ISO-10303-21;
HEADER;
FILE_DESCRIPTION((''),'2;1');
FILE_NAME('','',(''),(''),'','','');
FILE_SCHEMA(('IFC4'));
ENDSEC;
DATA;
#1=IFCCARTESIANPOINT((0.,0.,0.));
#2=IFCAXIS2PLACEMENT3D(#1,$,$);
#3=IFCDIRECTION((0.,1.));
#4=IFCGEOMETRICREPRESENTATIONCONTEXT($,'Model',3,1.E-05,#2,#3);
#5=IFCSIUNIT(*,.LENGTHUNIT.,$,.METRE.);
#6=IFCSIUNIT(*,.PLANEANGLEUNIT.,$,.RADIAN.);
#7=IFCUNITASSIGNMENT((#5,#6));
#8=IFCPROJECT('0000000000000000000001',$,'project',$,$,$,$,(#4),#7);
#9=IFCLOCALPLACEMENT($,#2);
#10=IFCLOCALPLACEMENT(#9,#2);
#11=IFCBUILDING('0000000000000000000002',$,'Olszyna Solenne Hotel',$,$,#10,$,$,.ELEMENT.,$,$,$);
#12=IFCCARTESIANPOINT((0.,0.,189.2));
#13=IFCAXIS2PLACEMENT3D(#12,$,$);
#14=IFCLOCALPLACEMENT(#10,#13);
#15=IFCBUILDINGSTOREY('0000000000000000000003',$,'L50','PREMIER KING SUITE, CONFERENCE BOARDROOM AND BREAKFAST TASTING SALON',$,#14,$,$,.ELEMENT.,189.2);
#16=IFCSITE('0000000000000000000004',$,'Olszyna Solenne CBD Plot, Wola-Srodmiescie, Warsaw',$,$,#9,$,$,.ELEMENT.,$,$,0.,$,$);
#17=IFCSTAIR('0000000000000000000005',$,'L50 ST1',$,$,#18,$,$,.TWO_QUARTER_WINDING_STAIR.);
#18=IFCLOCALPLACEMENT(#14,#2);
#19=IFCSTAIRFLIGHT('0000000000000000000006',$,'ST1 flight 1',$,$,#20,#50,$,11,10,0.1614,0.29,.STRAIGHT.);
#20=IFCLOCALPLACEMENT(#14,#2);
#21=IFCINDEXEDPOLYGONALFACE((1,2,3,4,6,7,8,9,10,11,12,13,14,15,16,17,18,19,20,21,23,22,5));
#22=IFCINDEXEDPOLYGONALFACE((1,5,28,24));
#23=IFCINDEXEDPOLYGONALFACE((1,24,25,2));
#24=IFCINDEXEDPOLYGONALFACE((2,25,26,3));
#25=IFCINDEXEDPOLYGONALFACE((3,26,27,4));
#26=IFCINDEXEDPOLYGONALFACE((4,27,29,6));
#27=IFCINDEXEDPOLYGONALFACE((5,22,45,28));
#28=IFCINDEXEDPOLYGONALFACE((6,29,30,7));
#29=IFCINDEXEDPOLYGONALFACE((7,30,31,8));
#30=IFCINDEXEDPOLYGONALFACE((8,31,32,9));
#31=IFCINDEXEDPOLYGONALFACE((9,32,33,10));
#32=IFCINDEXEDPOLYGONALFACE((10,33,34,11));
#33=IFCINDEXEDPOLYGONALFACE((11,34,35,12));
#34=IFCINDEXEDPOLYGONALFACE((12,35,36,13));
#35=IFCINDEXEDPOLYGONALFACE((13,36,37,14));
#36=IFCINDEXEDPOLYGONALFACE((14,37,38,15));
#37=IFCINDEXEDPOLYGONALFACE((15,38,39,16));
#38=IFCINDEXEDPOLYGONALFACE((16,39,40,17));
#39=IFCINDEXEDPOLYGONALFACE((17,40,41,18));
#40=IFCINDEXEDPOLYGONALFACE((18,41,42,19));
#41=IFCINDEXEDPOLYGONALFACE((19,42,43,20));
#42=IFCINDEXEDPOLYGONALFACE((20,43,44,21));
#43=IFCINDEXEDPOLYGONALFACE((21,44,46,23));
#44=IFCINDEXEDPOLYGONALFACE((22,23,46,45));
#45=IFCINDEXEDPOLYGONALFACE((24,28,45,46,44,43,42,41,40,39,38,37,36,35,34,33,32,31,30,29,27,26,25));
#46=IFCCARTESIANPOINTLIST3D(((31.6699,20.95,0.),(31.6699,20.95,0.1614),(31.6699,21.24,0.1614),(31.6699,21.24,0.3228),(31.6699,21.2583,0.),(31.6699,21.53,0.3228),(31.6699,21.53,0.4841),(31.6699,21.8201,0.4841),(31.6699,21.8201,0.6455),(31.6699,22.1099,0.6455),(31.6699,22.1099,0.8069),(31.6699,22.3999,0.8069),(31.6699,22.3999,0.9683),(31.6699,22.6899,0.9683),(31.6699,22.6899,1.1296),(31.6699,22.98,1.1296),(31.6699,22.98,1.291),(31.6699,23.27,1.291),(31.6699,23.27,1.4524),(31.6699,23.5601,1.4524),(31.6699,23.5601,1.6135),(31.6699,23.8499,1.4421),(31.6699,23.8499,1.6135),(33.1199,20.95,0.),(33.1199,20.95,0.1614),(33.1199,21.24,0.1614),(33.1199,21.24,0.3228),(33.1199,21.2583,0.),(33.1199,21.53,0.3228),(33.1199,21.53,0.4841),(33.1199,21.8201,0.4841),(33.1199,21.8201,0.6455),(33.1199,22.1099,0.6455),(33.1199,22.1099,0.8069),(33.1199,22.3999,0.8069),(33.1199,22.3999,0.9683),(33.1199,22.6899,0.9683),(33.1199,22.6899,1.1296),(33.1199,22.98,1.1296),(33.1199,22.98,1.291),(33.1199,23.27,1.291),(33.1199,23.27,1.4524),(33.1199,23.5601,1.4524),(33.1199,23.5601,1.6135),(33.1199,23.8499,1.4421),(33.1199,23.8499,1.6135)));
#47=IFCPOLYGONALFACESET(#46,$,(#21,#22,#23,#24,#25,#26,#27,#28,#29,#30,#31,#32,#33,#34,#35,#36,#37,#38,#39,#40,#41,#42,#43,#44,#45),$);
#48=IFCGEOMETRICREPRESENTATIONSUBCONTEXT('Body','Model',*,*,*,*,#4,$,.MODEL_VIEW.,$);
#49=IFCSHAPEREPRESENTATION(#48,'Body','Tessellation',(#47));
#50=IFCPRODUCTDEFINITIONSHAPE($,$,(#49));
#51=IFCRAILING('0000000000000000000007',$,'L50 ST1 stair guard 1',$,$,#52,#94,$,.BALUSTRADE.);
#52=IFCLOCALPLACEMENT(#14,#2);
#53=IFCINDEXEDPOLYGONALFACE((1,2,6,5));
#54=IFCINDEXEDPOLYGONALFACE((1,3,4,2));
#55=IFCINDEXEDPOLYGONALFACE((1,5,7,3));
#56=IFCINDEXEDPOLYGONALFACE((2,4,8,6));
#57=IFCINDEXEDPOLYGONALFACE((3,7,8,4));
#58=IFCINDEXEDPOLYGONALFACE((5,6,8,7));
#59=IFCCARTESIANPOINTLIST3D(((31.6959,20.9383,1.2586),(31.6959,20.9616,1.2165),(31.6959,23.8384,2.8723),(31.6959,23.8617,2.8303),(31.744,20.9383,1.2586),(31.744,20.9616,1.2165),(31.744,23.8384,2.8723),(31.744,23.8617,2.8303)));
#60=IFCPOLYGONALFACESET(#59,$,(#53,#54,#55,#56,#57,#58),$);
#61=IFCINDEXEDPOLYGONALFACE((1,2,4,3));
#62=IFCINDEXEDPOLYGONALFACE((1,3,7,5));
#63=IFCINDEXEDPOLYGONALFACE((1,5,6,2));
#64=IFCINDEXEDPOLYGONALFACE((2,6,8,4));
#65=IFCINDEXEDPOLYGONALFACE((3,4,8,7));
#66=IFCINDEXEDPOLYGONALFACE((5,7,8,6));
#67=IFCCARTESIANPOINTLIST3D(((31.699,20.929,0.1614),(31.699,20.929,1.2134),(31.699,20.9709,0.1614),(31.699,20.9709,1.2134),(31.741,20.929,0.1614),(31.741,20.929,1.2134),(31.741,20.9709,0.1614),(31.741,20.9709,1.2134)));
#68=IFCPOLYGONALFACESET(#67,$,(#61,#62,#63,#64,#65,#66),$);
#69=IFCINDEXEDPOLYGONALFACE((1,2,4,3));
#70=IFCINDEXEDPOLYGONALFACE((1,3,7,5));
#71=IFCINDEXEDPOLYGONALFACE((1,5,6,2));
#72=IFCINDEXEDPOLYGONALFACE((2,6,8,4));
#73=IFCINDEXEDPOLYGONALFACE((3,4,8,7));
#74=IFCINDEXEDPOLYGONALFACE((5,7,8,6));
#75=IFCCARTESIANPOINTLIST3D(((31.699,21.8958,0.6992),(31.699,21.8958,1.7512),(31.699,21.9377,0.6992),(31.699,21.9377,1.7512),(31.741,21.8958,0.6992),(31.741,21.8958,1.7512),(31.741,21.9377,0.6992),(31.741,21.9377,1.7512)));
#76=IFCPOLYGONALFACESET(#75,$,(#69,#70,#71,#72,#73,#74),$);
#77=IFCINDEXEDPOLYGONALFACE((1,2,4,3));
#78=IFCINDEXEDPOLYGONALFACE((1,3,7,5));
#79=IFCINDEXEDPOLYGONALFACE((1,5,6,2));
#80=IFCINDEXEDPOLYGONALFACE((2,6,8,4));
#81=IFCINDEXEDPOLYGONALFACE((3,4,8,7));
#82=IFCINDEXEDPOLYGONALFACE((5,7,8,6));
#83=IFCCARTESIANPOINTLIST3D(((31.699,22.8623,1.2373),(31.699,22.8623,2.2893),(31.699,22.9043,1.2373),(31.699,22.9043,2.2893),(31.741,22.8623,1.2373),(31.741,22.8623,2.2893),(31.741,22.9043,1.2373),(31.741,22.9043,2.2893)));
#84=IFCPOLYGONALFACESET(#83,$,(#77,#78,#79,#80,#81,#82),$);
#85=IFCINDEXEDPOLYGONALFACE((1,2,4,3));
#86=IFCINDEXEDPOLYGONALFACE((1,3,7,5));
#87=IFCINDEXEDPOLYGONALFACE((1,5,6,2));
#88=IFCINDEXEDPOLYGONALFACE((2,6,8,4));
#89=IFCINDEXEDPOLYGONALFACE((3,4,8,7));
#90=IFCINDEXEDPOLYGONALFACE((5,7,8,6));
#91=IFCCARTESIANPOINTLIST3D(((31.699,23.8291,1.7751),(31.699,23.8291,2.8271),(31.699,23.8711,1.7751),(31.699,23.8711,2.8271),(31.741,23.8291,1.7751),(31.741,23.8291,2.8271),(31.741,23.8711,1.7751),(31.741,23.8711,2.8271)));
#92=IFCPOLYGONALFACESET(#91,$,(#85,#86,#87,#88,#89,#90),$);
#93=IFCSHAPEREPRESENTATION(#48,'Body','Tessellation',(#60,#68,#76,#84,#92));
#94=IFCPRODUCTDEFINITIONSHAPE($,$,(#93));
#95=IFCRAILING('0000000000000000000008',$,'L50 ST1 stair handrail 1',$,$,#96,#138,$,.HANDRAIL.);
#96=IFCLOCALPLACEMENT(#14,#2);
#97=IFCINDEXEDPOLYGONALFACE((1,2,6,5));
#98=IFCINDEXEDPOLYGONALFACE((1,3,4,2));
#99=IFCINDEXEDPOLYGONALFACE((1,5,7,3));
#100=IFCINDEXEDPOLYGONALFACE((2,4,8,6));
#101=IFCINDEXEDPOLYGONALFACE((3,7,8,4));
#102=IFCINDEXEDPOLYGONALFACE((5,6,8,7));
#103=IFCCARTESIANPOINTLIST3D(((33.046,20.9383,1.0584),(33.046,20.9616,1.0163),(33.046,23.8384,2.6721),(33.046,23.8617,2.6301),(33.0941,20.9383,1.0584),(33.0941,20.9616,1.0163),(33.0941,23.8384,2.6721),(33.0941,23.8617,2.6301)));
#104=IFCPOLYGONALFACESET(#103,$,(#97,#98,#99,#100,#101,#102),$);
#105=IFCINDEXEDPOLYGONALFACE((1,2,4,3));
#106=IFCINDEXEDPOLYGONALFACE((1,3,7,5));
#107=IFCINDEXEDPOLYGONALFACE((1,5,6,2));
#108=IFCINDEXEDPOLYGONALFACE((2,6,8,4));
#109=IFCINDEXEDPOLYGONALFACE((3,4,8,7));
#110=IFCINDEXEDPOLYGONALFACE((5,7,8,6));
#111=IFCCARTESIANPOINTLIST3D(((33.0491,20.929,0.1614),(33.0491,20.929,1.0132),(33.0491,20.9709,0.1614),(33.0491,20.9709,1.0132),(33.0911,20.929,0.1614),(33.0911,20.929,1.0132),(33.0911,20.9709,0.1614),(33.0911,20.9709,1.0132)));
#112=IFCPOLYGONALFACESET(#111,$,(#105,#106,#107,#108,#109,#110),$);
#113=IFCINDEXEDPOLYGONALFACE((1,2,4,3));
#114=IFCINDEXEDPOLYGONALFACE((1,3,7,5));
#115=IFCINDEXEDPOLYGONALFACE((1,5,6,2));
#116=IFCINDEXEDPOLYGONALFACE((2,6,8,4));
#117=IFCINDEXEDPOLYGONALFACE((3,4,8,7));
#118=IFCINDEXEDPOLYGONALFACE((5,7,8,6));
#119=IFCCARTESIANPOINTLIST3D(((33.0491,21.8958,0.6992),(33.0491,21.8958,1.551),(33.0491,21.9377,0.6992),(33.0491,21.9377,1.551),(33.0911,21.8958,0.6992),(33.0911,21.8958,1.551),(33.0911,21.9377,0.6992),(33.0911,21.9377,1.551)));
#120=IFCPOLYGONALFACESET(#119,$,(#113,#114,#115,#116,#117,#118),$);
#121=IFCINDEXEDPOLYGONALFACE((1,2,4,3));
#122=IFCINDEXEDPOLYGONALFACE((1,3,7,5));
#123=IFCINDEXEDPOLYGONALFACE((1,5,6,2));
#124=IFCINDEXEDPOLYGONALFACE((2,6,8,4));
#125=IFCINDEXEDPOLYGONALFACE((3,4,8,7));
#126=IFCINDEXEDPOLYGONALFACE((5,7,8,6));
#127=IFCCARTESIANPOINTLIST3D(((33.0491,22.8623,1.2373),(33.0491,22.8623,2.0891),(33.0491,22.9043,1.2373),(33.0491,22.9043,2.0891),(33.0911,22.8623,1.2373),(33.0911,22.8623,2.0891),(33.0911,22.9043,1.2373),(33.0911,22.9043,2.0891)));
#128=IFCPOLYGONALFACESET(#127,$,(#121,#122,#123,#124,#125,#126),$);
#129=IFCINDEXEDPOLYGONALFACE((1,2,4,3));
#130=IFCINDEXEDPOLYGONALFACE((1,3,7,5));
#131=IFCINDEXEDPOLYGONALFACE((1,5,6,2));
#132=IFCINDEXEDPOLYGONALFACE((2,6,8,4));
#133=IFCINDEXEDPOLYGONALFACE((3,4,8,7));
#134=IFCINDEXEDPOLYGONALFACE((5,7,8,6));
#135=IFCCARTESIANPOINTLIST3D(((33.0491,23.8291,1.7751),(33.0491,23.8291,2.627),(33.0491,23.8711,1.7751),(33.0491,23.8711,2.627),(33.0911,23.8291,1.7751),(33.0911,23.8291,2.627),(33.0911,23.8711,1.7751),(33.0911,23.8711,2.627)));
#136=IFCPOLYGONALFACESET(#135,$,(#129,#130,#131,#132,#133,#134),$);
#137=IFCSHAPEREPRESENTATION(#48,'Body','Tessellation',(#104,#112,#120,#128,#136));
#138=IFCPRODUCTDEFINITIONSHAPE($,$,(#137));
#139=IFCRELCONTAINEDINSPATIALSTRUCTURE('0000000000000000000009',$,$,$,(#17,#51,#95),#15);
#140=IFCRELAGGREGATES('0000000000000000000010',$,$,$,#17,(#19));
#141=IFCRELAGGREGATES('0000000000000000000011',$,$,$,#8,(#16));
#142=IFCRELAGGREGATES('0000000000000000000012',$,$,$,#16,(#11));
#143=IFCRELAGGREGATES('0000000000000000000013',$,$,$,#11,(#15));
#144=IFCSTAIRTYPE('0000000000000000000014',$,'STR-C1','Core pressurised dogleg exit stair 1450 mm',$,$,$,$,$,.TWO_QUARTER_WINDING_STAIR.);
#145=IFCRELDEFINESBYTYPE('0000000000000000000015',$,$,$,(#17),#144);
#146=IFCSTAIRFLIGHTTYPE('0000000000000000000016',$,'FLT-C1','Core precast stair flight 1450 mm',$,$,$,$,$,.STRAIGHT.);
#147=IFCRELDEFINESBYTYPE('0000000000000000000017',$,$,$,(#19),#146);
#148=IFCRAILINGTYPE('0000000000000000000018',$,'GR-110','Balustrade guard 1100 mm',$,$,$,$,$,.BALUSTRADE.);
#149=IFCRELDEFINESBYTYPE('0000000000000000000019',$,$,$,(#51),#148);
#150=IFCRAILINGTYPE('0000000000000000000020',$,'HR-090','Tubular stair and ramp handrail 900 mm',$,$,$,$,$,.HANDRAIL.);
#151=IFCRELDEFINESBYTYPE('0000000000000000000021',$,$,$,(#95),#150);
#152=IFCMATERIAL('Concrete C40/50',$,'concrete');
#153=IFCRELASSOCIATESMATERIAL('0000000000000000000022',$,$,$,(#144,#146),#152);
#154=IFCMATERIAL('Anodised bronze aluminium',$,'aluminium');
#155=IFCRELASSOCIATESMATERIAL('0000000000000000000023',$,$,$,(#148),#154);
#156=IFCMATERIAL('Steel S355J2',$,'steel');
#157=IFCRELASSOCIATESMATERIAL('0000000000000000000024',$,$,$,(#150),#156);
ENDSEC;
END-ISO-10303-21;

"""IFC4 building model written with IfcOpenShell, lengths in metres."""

from ifc_helpers import new_model, si_unit, direction, frame, origin, origin_2d, place, context, subcontext, project, spatial, polyline, rectangle, outline, extrude, material, type_object, element, aggregate, save


model = new_model("IFC4")

# Units and contexts
model_context = context("Model", 3, precision=1e-05, world=origin(), true_north=direction((0.0, 1.0)))
body_context = subcontext(model_context, "Body", "Model", "MODEL_VIEW")
ifc_project = project(units=[si_unit("LENGTHUNIT", "METRE"), si_unit("PLANEANGLEUNIT", "RADIAN")], contexts=[model_context])

# Site, building, storey
site_placement = place(None, origin())
site = spatial("IfcSite", under=ifc_project, at=site_placement, Name="Olszyna Solenne CBD Plot, Wola-Srodmiescie, Warsaw", CompositionType="ELEMENT", RefElevation=0.0)
building_placement = place(site_placement, origin())
building = spatial("IfcBuilding", under=site, at=building_placement, Name="Olszyna Solenne Hotel", CompositionType="ELEMENT")
storey_placement = place(building_placement, frame((0.0, 0.0, 189.2)))
storey = spatial("IfcBuildingStorey", under=building, at=storey_placement, Name="L50", Description="PREMIER KING SUITE, CONFERENCE BOARDROOM AND BREAKFAST TASTING SALON", CompositionType="ELEMENT", Elevation=189.2)

# Shared definitions
ifc_material_1 = material(Name="Steel S355J2", Category="steel")

# Shared definitions
ifc_material_2 = material(Name="Anodised bronze aluminium", Category="aluminium")

# Stair, stair flight
ifc_material_3 = material(Name="Concrete C40/50", Category="concrete")
stair_type = type_object("IfcStairType", Name="STR-C1", Description="Core pressurised dogleg exit stair 1450 mm", PredefinedType="TWO_QUARTER_WINDING_STAIR", material=ifc_material_3)
stair_placement = place(storey_placement, origin())
stair = element("IfcStair", 1, at=stair_placement, inside=storey, type_object=stair_type, Name="L50 ST1", PredefinedType="TWO_QUARTER_WINDING_STAIR")
stair_flight_type = type_object("IfcStairFlightType", Name="FLT-C1", Description="Core precast stair flight 1450 mm", PredefinedType="STRAIGHT", material=ifc_material_3)
stair_flight_placement = place(storey_placement, frame((32.395, 20.95, 0.0), z_axis=(0.0, 0.0, 1.0), x_axis=(0.0, 1.0, 0.0)))
stair_flight = element("IfcStairFlight", 2, at=stair_flight_placement, type_object=stair_flight_type, Name="ST1 flight 1", NumberOfRisers=11, NumberOfTreads=10, PredefinedType="STRAIGHT", RiserHeight=0.1614, TreadLength=0.29, context=body_context, shape_type="SweptSolid", body=[
    extrude(outline(polyline([(0.0, 0.0), (0.0, 0.1614), (0.29, 0.1614), (0.29, 0.3228), (0.5801, 0.3228), (0.5801, 0.4841), (0.8701, 0.4841), (0.8701, 0.6455), (1.1599, 0.6455), (1.1599, 0.8069), (1.45, 0.8069), (1.45, 0.9683), (1.74, 0.9683), (1.74, 1.1296), (2.03, 1.1296), (2.03, 1.291), (2.3201, 1.291), (2.3201, 1.4524), (2.6101, 1.4524), (2.6101, 1.6135), (2.8999, 1.6135), (2.8999, 1.7749), (2.8999, 1.4421), (0.3083, 0.0), (0.0, 0.0)])), frame((0.0, 0.7251, 0.0), z_axis=(0.0, -1.0, 0.0), x_axis=(1.0, 0.0, 0.0)), (0.0, 0.0, 1.0), 1.45),
])
aggregate(stair, [stair_flight])

# Railings
railing_type_1 = type_object("IfcRailingType", Name="GR-110", Description="Balustrade guard 1100 mm", PredefinedType="BALUSTRADE", material=ifc_material_2)
railing_1_placement = place(storey_placement, frame((31.72, 20.95, 0.1614)))
element("IfcRailing", 3, at=railing_1_placement, inside=storey, type_object=railing_type_1, Name="L50 ST1 stair guard 1", PredefinedType="BALUSTRADE", context=body_context, shape_type="SweptSolid", body=[
    extrude(rectangle(XDim=0.0481, YDim=0.0481, at=origin_2d()), frame((0.0, 0.0, 1.0762), z_axis=(0.0, 0.873827, 0.486236), x_axis=(-1.0, 0.0, 0.0)), (0.0, 0.0, 1.0), 3.3188),
    extrude(rectangle(XDim=0.042, YDim=0.042, at=origin_2d()), origin(), (0.0, 0.0, 1.0), 1.052),
    extrude(rectangle(XDim=0.042, YDim=0.042, at=origin_2d()), frame((0.0, 0.9668, 0.5378)), (0.0, 0.0, 1.0), 1.052),
    extrude(rectangle(XDim=0.042, YDim=0.042, at=origin_2d()), frame((0.0, 1.9333, 1.0759)), (0.0, 0.0, 1.0), 1.052),
    extrude(rectangle(XDim=0.042, YDim=0.042, at=origin_2d()), frame((0.0, 2.9001, 1.6138)), (0.0, 0.0, 1.0), 1.052),
])
railing_type_2 = type_object("IfcRailingType", Name="HR-090", Description="Tubular stair and ramp handrail 900 mm", PredefinedType="HANDRAIL", material=ifc_material_1)
railing_2_placement = place(storey_placement, frame((33.0701, 20.95, 0.1614)))
element("IfcRailing", 4, at=railing_2_placement, inside=storey, type_object=railing_type_2, Name="L50 ST1 stair handrail 1", PredefinedType="HANDRAIL", context=body_context, shape_type="SweptSolid", body=[
    extrude(rectangle(XDim=0.0481, YDim=0.0481, at=origin_2d()), frame((0.0, 0.0, 0.876), z_axis=(0.0, 0.873827, 0.486236), x_axis=(-1.0, 0.0, 0.0)), (0.0, 0.0, 1.0), 3.3188),
    extrude(rectangle(XDim=0.042, YDim=0.042, at=origin_2d()), origin(), (0.0, 0.0, 1.0), 0.8518),
    extrude(rectangle(XDim=0.042, YDim=0.042, at=origin_2d()), frame((0.0, 0.9668, 0.5378)), (0.0, 0.0, 1.0), 0.8518),
    extrude(rectangle(XDim=0.042, YDim=0.042, at=origin_2d()), frame((0.0, 1.9333, 1.0759)), (0.0, 0.0, 1.0), 0.8518),
    extrude(rectangle(XDim=0.042, YDim=0.042, at=origin_2d()), frame((0.0, 2.9001, 1.6138)), (0.0, 0.0, 1.0), 0.8518),
])

save(model, "model.ifc")
